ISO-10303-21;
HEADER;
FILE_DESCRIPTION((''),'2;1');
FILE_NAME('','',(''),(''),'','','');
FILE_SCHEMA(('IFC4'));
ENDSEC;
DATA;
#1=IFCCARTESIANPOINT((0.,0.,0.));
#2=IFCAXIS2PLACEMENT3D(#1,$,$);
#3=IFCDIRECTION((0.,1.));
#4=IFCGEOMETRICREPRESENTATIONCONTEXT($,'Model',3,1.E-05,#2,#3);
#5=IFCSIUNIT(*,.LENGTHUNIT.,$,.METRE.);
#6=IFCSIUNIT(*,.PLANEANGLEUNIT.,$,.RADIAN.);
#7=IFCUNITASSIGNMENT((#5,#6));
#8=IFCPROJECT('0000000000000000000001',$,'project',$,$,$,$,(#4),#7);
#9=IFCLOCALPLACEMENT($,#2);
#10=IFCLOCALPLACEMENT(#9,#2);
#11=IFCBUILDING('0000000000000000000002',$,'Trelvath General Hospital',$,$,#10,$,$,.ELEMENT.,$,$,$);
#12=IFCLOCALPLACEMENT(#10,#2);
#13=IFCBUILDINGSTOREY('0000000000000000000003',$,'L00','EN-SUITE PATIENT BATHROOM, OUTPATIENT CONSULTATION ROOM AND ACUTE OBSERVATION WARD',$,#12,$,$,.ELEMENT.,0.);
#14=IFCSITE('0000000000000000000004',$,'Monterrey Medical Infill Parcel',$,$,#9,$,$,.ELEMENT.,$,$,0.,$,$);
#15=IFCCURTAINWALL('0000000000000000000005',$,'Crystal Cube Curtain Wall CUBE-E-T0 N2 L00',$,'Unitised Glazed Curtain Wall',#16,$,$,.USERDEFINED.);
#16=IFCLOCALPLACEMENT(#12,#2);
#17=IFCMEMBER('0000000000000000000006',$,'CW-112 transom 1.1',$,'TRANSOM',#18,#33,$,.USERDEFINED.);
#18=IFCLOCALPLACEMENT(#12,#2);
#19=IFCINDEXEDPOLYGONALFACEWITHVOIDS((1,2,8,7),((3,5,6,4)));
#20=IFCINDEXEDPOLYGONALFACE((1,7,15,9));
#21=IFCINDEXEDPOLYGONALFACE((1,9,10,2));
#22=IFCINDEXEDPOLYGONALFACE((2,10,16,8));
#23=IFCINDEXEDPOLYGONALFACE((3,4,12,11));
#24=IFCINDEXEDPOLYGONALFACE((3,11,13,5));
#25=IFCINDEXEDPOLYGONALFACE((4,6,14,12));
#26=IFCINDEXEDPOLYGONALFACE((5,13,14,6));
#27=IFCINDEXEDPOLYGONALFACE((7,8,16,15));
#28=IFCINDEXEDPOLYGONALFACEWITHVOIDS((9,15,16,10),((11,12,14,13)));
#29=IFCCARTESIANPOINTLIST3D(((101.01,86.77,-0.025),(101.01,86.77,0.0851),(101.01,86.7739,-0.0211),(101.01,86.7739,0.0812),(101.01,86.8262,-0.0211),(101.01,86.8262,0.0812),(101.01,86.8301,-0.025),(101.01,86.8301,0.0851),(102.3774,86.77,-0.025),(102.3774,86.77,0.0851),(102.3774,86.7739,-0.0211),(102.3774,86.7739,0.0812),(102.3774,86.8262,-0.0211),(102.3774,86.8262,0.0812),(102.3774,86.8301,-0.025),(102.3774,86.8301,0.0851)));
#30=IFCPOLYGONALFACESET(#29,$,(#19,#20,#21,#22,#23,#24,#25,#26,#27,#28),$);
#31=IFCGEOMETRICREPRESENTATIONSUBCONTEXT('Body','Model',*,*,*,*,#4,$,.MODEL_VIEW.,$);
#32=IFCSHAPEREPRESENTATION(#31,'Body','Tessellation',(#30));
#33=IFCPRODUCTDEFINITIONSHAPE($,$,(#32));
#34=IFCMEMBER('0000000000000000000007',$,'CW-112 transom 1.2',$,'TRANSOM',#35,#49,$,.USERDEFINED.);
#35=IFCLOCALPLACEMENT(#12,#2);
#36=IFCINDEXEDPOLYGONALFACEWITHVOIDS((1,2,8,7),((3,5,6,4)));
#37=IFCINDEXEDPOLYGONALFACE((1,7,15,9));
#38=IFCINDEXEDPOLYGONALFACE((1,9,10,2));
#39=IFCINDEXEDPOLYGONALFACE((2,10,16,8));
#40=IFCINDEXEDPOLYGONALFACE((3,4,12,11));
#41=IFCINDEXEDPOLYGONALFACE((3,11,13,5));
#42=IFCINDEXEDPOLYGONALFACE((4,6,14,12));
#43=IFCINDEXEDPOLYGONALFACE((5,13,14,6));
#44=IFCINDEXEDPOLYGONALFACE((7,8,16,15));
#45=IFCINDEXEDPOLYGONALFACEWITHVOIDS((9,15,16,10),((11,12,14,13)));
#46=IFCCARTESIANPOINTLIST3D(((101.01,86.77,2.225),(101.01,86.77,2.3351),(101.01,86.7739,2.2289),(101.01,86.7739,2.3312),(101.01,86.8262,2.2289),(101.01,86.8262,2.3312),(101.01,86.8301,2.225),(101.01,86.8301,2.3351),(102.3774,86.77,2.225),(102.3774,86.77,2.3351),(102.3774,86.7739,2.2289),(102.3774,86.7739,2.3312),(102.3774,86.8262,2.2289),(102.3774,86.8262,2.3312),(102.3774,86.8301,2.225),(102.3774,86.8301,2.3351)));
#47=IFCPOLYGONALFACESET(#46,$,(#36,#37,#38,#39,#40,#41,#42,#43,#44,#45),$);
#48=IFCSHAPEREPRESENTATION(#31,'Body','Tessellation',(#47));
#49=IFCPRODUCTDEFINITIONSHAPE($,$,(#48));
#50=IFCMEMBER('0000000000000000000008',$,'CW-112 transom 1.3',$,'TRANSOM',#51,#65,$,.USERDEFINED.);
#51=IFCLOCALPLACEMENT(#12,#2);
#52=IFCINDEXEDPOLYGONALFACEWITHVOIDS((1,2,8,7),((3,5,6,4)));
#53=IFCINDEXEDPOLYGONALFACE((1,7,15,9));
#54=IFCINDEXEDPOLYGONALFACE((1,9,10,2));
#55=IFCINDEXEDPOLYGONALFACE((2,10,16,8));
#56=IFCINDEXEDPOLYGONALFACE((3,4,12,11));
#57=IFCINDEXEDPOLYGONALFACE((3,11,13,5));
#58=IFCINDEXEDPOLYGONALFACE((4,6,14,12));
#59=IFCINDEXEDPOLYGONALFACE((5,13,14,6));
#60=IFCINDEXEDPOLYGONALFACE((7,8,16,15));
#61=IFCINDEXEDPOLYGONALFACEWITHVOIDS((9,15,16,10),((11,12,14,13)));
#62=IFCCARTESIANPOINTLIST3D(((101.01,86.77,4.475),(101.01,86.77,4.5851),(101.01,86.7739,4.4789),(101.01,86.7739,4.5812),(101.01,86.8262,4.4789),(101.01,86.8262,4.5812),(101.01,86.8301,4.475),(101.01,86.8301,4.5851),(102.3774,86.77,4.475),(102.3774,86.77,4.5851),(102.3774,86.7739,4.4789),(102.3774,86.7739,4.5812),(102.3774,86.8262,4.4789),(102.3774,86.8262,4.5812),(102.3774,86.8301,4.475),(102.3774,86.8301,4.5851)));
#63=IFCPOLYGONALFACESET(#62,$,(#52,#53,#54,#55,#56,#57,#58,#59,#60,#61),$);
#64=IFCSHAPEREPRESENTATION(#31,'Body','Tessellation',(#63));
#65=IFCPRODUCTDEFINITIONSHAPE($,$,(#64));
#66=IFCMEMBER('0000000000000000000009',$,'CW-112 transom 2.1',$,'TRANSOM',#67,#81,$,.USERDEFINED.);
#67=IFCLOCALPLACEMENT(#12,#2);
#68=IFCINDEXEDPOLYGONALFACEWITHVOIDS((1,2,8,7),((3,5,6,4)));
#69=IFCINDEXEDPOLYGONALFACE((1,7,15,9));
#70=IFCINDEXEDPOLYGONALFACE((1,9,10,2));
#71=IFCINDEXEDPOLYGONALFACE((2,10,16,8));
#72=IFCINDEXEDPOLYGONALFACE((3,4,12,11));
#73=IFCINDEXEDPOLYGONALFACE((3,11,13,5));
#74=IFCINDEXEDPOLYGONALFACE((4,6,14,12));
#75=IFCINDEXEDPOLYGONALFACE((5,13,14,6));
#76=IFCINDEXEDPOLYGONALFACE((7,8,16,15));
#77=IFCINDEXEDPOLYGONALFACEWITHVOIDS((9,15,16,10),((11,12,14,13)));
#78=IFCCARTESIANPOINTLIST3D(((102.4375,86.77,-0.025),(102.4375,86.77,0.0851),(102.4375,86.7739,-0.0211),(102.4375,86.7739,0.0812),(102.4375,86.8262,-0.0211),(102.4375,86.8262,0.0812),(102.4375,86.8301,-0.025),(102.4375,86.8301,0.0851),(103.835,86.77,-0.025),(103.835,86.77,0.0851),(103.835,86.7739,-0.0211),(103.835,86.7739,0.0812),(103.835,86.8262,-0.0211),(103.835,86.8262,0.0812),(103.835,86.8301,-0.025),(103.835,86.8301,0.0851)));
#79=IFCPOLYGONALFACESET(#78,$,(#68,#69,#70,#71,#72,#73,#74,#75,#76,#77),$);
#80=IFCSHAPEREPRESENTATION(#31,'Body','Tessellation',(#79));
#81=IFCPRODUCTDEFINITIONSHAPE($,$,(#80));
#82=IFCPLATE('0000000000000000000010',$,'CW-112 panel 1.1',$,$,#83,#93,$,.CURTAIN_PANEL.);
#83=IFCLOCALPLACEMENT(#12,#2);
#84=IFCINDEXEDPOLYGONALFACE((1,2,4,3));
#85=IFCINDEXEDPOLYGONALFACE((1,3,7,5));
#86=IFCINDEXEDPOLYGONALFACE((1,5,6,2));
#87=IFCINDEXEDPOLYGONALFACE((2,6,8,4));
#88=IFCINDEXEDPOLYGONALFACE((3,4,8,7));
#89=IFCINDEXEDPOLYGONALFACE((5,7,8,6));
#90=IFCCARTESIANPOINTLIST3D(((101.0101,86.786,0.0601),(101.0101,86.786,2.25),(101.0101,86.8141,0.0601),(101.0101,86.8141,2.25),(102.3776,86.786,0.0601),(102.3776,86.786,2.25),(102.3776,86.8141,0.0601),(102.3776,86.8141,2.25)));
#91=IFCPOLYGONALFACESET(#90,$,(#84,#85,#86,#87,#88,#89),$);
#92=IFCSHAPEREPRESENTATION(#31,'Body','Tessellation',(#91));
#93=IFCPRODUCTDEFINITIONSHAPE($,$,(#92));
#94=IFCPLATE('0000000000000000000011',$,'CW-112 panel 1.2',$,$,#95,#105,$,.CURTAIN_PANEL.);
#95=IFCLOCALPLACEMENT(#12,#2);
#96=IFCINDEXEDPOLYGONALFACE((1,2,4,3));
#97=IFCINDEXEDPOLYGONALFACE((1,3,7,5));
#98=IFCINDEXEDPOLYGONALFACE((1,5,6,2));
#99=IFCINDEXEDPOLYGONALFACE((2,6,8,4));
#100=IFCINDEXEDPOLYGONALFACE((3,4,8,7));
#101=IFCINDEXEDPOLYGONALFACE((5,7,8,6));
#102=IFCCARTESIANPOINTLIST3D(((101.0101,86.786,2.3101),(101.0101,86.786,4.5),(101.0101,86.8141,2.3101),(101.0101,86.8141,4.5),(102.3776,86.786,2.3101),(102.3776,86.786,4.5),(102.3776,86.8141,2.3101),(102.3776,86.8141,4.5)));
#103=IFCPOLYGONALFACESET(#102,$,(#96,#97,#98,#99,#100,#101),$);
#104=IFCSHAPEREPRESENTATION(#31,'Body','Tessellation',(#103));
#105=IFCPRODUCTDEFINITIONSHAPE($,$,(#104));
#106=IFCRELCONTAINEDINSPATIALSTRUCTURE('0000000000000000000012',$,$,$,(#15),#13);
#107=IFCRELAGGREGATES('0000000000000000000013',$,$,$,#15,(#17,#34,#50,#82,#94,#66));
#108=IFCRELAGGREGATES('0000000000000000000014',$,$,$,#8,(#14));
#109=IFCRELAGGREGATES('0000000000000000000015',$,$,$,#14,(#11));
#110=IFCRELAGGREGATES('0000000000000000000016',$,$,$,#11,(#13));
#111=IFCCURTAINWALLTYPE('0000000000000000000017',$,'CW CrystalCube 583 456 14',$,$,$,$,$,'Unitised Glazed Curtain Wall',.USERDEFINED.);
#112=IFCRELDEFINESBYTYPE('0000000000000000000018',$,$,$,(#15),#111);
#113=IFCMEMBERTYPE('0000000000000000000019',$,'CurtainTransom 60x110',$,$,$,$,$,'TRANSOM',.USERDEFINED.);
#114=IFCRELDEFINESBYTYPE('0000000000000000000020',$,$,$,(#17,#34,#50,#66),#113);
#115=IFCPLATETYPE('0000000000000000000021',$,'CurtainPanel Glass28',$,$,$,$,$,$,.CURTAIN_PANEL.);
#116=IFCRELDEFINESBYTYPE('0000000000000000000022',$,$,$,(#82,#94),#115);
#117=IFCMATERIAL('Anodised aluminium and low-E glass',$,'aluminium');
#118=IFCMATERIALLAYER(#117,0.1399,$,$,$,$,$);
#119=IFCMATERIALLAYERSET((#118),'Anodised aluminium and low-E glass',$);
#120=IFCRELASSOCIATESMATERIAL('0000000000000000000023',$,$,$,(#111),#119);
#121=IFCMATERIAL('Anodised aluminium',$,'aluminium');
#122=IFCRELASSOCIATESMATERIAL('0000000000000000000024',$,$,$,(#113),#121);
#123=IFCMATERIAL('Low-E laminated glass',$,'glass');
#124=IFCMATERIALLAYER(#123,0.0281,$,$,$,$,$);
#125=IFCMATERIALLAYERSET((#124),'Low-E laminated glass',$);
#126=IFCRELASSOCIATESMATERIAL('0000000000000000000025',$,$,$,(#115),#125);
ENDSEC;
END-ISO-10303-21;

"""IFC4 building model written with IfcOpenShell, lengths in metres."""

from ifc_helpers import new_model, si_unit, direction, frame, origin, origin_2d, place, context, subcontext, project, spatial, rectangle, hollow_rectangle, extrude, material, layer, layer_set, material_profile, profile_set, type_object, element, aggregate, save


model = new_model("IFC4")

# Units and contexts
model_context = context("Model", 3, precision=1e-05, world=origin(), true_north=direction((0.0, 1.0)))
body_context = subcontext(model_context, "Body", "Model", "MODEL_VIEW")
ifc_project = project(units=[si_unit("LENGTHUNIT", "METRE"), si_unit("PLANEANGLEUNIT", "RADIAN")], contexts=[model_context])

# Site, building, storey
site_placement = place(None, origin())
site = spatial("IfcSite", under=ifc_project, at=site_placement, Name="Monterrey Medical Infill Parcel", CompositionType="ELEMENT", RefElevation=0.0)
building_placement = place(site_placement, origin())
building = spatial("IfcBuilding", under=site, at=building_placement, Name="Trelvath General Hospital", CompositionType="ELEMENT")
storey_placement = place(building_placement, origin())
storey = spatial("IfcBuildingStorey", under=building, at=storey_placement, Name="L00", Description="EN-SUITE PATIENT BATHROOM, OUTPATIENT CONSULTATION ROOM AND ACUTE OBSERVATION WARD", CompositionType="ELEMENT", Elevation=0.0)

# Curtain wall, members, plates
ifc_material_1 = material(Name="Anodised aluminium and low-E glass", Category="aluminium")
ifc_layer_1 = layer(ifc_material_1, 0.1399)
ifc_layer_set_1 = layer_set([ifc_layer_1], Name="Anodised aluminium and low-E glass")
curtain_wall_type_1 = type_object("IfcCurtainWallType", Name="CW CrystalCube 583 456 14", ElementType="Unitised Glazed Curtain Wall", PredefinedType="USERDEFINED", material=ifc_layer_set_1)
curtain_wall_1_placement = place(storey_placement, origin())
curtain_wall_1 = element("IfcCurtainWall", 1, at=curtain_wall_1_placement, inside=storey, type_object=curtain_wall_type_1, Name="Crystal Cube Curtain Wall CUBE-E-T0 N2 L00", ObjectType="Unitised Glazed Curtain Wall", PredefinedType="USERDEFINED")
ifc_material_2 = material(Name="Anodised aluminium", Category="aluminium")
ifc_material_profile_1 = material_profile(ifc_material_2, hollow_rectangle(XDim=0.0601, YDim=0.1101, WallThickness=0.0039, at=origin_2d()), Name="RHS60x110x4")
ifc_profile_set_1 = profile_set([ifc_material_profile_1], Name="Anodised aluminium")
member_type_1 = type_object("IfcMemberType", Name="CurtainTransom 60x110", ElementType="TRANSOM", PredefinedType="USERDEFINED", material=ifc_profile_set_1)
member_1_placement = place(storey_placement, frame((101.01, 86.8, 0.03), z_axis=(1.0, 0.0, 0.0), x_axis=(0.0, 1.0, 0.0)))
member_1 = element("IfcMember", 2, at=member_1_placement, type_object=member_type_1, Name="CW-112 transom 1.1", ObjectType="TRANSOM", PredefinedType="USERDEFINED", context=body_context, shape_type="SweptSolid", body=[
    extrude(hollow_rectangle(XDim=0.0601, YDim=0.1101, WallThickness=0.0039, at=origin_2d()), origin(), (0.0, 0.0, 1.0), 1.3674),
])
member_2_placement = place(storey_placement, frame((101.01, 86.8, 2.28), z_axis=(1.0, 0.0, 0.0), x_axis=(0.0, 1.0, 0.0)))
member_2 = element("IfcMember", 3, at=member_2_placement, type_object=member_type_1, Name="CW-112 transom 1.2", ObjectType="TRANSOM", PredefinedType="USERDEFINED", context=body_context, shape_type="SweptSolid", body=[
    extrude(hollow_rectangle(XDim=0.0601, YDim=0.1101, WallThickness=0.0039, at=origin_2d()), origin(), (0.0, 0.0, 1.0), 1.3674),
])
member_3_placement = place(storey_placement, frame((101.01, 86.8, 4.53), z_axis=(1.0, 0.0, 0.0), x_axis=(0.0, 1.0, 0.0)))
member_3 = element("IfcMember", 4, at=member_3_placement, type_object=member_type_1, Name="CW-112 transom 1.3", ObjectType="TRANSOM", PredefinedType="USERDEFINED", context=body_context, shape_type="SweptSolid", body=[
    extrude(hollow_rectangle(XDim=0.0601, YDim=0.1101, WallThickness=0.0039, at=origin_2d()), origin(), (0.0, 0.0, 1.0), 1.3674),
])
member_4_placement = place(storey_placement, frame((102.4375, 86.8, 0.03), z_axis=(1.0, 0.0, 0.0), x_axis=(0.0, 1.0, 0.0)))
member_4 = element("IfcMember", 5, at=member_4_placement, type_object=member_type_1, Name="CW-112 transom 2.1", ObjectType="TRANSOM", PredefinedType="USERDEFINED", context=body_context, shape_type="SweptSolid", body=[
    extrude(hollow_rectangle(XDim=0.0601, YDim=0.1101, WallThickness=0.0039, at=origin_2d()), origin(), (0.0, 0.0, 1.0), 1.3975),
])
ifc_material_3 = material(Name="Low-E laminated glass", Category="glass")
ifc_layer_2 = layer(ifc_material_3, 0.0281)
ifc_layer_set_2 = layer_set([ifc_layer_2], Name="Low-E laminated glass")
plate_type = type_object("IfcPlateType", Name="CurtainPanel Glass28", PredefinedType="CURTAIN_PANEL", material=ifc_layer_set_2)
plate_1_placement = place(storey_placement, frame((101.6938, 86.8, 0.0601), z_axis=(0.0, 0.0, 1.0), x_axis=(1.0, 0.0, 0.0)))
plate_1 = element("IfcPlate", 6, at=plate_1_placement, type_object=plate_type, Name="CW-112 panel 1.1", PredefinedType="CURTAIN_PANEL", context=body_context, shape_type="SweptSolid", body=[
    extrude(rectangle(XDim=1.3674, YDim=0.0281, at=origin_2d()), origin(), (0.0, 0.0, 1.0), 2.1899),
])
plate_2_placement = place(storey_placement, frame((101.6938, 86.8, 2.3101), z_axis=(0.0, 0.0, 1.0), x_axis=(1.0, 0.0, 0.0)))
plate_2 = element("IfcPlate", 7, at=plate_2_placement, type_object=plate_type, Name="CW-112 panel 1.2", PredefinedType="CURTAIN_PANEL", context=body_context, shape_type="SweptSolid", body=[
    extrude(rectangle(XDim=1.3674, YDim=0.0281, at=origin_2d()), origin(), (0.0, 0.0, 1.0), 2.1899),
])
aggregate(curtain_wall_1, [member_1, member_2, member_3, plate_1, plate_2, member_4])

save(model, "model.ifc")
